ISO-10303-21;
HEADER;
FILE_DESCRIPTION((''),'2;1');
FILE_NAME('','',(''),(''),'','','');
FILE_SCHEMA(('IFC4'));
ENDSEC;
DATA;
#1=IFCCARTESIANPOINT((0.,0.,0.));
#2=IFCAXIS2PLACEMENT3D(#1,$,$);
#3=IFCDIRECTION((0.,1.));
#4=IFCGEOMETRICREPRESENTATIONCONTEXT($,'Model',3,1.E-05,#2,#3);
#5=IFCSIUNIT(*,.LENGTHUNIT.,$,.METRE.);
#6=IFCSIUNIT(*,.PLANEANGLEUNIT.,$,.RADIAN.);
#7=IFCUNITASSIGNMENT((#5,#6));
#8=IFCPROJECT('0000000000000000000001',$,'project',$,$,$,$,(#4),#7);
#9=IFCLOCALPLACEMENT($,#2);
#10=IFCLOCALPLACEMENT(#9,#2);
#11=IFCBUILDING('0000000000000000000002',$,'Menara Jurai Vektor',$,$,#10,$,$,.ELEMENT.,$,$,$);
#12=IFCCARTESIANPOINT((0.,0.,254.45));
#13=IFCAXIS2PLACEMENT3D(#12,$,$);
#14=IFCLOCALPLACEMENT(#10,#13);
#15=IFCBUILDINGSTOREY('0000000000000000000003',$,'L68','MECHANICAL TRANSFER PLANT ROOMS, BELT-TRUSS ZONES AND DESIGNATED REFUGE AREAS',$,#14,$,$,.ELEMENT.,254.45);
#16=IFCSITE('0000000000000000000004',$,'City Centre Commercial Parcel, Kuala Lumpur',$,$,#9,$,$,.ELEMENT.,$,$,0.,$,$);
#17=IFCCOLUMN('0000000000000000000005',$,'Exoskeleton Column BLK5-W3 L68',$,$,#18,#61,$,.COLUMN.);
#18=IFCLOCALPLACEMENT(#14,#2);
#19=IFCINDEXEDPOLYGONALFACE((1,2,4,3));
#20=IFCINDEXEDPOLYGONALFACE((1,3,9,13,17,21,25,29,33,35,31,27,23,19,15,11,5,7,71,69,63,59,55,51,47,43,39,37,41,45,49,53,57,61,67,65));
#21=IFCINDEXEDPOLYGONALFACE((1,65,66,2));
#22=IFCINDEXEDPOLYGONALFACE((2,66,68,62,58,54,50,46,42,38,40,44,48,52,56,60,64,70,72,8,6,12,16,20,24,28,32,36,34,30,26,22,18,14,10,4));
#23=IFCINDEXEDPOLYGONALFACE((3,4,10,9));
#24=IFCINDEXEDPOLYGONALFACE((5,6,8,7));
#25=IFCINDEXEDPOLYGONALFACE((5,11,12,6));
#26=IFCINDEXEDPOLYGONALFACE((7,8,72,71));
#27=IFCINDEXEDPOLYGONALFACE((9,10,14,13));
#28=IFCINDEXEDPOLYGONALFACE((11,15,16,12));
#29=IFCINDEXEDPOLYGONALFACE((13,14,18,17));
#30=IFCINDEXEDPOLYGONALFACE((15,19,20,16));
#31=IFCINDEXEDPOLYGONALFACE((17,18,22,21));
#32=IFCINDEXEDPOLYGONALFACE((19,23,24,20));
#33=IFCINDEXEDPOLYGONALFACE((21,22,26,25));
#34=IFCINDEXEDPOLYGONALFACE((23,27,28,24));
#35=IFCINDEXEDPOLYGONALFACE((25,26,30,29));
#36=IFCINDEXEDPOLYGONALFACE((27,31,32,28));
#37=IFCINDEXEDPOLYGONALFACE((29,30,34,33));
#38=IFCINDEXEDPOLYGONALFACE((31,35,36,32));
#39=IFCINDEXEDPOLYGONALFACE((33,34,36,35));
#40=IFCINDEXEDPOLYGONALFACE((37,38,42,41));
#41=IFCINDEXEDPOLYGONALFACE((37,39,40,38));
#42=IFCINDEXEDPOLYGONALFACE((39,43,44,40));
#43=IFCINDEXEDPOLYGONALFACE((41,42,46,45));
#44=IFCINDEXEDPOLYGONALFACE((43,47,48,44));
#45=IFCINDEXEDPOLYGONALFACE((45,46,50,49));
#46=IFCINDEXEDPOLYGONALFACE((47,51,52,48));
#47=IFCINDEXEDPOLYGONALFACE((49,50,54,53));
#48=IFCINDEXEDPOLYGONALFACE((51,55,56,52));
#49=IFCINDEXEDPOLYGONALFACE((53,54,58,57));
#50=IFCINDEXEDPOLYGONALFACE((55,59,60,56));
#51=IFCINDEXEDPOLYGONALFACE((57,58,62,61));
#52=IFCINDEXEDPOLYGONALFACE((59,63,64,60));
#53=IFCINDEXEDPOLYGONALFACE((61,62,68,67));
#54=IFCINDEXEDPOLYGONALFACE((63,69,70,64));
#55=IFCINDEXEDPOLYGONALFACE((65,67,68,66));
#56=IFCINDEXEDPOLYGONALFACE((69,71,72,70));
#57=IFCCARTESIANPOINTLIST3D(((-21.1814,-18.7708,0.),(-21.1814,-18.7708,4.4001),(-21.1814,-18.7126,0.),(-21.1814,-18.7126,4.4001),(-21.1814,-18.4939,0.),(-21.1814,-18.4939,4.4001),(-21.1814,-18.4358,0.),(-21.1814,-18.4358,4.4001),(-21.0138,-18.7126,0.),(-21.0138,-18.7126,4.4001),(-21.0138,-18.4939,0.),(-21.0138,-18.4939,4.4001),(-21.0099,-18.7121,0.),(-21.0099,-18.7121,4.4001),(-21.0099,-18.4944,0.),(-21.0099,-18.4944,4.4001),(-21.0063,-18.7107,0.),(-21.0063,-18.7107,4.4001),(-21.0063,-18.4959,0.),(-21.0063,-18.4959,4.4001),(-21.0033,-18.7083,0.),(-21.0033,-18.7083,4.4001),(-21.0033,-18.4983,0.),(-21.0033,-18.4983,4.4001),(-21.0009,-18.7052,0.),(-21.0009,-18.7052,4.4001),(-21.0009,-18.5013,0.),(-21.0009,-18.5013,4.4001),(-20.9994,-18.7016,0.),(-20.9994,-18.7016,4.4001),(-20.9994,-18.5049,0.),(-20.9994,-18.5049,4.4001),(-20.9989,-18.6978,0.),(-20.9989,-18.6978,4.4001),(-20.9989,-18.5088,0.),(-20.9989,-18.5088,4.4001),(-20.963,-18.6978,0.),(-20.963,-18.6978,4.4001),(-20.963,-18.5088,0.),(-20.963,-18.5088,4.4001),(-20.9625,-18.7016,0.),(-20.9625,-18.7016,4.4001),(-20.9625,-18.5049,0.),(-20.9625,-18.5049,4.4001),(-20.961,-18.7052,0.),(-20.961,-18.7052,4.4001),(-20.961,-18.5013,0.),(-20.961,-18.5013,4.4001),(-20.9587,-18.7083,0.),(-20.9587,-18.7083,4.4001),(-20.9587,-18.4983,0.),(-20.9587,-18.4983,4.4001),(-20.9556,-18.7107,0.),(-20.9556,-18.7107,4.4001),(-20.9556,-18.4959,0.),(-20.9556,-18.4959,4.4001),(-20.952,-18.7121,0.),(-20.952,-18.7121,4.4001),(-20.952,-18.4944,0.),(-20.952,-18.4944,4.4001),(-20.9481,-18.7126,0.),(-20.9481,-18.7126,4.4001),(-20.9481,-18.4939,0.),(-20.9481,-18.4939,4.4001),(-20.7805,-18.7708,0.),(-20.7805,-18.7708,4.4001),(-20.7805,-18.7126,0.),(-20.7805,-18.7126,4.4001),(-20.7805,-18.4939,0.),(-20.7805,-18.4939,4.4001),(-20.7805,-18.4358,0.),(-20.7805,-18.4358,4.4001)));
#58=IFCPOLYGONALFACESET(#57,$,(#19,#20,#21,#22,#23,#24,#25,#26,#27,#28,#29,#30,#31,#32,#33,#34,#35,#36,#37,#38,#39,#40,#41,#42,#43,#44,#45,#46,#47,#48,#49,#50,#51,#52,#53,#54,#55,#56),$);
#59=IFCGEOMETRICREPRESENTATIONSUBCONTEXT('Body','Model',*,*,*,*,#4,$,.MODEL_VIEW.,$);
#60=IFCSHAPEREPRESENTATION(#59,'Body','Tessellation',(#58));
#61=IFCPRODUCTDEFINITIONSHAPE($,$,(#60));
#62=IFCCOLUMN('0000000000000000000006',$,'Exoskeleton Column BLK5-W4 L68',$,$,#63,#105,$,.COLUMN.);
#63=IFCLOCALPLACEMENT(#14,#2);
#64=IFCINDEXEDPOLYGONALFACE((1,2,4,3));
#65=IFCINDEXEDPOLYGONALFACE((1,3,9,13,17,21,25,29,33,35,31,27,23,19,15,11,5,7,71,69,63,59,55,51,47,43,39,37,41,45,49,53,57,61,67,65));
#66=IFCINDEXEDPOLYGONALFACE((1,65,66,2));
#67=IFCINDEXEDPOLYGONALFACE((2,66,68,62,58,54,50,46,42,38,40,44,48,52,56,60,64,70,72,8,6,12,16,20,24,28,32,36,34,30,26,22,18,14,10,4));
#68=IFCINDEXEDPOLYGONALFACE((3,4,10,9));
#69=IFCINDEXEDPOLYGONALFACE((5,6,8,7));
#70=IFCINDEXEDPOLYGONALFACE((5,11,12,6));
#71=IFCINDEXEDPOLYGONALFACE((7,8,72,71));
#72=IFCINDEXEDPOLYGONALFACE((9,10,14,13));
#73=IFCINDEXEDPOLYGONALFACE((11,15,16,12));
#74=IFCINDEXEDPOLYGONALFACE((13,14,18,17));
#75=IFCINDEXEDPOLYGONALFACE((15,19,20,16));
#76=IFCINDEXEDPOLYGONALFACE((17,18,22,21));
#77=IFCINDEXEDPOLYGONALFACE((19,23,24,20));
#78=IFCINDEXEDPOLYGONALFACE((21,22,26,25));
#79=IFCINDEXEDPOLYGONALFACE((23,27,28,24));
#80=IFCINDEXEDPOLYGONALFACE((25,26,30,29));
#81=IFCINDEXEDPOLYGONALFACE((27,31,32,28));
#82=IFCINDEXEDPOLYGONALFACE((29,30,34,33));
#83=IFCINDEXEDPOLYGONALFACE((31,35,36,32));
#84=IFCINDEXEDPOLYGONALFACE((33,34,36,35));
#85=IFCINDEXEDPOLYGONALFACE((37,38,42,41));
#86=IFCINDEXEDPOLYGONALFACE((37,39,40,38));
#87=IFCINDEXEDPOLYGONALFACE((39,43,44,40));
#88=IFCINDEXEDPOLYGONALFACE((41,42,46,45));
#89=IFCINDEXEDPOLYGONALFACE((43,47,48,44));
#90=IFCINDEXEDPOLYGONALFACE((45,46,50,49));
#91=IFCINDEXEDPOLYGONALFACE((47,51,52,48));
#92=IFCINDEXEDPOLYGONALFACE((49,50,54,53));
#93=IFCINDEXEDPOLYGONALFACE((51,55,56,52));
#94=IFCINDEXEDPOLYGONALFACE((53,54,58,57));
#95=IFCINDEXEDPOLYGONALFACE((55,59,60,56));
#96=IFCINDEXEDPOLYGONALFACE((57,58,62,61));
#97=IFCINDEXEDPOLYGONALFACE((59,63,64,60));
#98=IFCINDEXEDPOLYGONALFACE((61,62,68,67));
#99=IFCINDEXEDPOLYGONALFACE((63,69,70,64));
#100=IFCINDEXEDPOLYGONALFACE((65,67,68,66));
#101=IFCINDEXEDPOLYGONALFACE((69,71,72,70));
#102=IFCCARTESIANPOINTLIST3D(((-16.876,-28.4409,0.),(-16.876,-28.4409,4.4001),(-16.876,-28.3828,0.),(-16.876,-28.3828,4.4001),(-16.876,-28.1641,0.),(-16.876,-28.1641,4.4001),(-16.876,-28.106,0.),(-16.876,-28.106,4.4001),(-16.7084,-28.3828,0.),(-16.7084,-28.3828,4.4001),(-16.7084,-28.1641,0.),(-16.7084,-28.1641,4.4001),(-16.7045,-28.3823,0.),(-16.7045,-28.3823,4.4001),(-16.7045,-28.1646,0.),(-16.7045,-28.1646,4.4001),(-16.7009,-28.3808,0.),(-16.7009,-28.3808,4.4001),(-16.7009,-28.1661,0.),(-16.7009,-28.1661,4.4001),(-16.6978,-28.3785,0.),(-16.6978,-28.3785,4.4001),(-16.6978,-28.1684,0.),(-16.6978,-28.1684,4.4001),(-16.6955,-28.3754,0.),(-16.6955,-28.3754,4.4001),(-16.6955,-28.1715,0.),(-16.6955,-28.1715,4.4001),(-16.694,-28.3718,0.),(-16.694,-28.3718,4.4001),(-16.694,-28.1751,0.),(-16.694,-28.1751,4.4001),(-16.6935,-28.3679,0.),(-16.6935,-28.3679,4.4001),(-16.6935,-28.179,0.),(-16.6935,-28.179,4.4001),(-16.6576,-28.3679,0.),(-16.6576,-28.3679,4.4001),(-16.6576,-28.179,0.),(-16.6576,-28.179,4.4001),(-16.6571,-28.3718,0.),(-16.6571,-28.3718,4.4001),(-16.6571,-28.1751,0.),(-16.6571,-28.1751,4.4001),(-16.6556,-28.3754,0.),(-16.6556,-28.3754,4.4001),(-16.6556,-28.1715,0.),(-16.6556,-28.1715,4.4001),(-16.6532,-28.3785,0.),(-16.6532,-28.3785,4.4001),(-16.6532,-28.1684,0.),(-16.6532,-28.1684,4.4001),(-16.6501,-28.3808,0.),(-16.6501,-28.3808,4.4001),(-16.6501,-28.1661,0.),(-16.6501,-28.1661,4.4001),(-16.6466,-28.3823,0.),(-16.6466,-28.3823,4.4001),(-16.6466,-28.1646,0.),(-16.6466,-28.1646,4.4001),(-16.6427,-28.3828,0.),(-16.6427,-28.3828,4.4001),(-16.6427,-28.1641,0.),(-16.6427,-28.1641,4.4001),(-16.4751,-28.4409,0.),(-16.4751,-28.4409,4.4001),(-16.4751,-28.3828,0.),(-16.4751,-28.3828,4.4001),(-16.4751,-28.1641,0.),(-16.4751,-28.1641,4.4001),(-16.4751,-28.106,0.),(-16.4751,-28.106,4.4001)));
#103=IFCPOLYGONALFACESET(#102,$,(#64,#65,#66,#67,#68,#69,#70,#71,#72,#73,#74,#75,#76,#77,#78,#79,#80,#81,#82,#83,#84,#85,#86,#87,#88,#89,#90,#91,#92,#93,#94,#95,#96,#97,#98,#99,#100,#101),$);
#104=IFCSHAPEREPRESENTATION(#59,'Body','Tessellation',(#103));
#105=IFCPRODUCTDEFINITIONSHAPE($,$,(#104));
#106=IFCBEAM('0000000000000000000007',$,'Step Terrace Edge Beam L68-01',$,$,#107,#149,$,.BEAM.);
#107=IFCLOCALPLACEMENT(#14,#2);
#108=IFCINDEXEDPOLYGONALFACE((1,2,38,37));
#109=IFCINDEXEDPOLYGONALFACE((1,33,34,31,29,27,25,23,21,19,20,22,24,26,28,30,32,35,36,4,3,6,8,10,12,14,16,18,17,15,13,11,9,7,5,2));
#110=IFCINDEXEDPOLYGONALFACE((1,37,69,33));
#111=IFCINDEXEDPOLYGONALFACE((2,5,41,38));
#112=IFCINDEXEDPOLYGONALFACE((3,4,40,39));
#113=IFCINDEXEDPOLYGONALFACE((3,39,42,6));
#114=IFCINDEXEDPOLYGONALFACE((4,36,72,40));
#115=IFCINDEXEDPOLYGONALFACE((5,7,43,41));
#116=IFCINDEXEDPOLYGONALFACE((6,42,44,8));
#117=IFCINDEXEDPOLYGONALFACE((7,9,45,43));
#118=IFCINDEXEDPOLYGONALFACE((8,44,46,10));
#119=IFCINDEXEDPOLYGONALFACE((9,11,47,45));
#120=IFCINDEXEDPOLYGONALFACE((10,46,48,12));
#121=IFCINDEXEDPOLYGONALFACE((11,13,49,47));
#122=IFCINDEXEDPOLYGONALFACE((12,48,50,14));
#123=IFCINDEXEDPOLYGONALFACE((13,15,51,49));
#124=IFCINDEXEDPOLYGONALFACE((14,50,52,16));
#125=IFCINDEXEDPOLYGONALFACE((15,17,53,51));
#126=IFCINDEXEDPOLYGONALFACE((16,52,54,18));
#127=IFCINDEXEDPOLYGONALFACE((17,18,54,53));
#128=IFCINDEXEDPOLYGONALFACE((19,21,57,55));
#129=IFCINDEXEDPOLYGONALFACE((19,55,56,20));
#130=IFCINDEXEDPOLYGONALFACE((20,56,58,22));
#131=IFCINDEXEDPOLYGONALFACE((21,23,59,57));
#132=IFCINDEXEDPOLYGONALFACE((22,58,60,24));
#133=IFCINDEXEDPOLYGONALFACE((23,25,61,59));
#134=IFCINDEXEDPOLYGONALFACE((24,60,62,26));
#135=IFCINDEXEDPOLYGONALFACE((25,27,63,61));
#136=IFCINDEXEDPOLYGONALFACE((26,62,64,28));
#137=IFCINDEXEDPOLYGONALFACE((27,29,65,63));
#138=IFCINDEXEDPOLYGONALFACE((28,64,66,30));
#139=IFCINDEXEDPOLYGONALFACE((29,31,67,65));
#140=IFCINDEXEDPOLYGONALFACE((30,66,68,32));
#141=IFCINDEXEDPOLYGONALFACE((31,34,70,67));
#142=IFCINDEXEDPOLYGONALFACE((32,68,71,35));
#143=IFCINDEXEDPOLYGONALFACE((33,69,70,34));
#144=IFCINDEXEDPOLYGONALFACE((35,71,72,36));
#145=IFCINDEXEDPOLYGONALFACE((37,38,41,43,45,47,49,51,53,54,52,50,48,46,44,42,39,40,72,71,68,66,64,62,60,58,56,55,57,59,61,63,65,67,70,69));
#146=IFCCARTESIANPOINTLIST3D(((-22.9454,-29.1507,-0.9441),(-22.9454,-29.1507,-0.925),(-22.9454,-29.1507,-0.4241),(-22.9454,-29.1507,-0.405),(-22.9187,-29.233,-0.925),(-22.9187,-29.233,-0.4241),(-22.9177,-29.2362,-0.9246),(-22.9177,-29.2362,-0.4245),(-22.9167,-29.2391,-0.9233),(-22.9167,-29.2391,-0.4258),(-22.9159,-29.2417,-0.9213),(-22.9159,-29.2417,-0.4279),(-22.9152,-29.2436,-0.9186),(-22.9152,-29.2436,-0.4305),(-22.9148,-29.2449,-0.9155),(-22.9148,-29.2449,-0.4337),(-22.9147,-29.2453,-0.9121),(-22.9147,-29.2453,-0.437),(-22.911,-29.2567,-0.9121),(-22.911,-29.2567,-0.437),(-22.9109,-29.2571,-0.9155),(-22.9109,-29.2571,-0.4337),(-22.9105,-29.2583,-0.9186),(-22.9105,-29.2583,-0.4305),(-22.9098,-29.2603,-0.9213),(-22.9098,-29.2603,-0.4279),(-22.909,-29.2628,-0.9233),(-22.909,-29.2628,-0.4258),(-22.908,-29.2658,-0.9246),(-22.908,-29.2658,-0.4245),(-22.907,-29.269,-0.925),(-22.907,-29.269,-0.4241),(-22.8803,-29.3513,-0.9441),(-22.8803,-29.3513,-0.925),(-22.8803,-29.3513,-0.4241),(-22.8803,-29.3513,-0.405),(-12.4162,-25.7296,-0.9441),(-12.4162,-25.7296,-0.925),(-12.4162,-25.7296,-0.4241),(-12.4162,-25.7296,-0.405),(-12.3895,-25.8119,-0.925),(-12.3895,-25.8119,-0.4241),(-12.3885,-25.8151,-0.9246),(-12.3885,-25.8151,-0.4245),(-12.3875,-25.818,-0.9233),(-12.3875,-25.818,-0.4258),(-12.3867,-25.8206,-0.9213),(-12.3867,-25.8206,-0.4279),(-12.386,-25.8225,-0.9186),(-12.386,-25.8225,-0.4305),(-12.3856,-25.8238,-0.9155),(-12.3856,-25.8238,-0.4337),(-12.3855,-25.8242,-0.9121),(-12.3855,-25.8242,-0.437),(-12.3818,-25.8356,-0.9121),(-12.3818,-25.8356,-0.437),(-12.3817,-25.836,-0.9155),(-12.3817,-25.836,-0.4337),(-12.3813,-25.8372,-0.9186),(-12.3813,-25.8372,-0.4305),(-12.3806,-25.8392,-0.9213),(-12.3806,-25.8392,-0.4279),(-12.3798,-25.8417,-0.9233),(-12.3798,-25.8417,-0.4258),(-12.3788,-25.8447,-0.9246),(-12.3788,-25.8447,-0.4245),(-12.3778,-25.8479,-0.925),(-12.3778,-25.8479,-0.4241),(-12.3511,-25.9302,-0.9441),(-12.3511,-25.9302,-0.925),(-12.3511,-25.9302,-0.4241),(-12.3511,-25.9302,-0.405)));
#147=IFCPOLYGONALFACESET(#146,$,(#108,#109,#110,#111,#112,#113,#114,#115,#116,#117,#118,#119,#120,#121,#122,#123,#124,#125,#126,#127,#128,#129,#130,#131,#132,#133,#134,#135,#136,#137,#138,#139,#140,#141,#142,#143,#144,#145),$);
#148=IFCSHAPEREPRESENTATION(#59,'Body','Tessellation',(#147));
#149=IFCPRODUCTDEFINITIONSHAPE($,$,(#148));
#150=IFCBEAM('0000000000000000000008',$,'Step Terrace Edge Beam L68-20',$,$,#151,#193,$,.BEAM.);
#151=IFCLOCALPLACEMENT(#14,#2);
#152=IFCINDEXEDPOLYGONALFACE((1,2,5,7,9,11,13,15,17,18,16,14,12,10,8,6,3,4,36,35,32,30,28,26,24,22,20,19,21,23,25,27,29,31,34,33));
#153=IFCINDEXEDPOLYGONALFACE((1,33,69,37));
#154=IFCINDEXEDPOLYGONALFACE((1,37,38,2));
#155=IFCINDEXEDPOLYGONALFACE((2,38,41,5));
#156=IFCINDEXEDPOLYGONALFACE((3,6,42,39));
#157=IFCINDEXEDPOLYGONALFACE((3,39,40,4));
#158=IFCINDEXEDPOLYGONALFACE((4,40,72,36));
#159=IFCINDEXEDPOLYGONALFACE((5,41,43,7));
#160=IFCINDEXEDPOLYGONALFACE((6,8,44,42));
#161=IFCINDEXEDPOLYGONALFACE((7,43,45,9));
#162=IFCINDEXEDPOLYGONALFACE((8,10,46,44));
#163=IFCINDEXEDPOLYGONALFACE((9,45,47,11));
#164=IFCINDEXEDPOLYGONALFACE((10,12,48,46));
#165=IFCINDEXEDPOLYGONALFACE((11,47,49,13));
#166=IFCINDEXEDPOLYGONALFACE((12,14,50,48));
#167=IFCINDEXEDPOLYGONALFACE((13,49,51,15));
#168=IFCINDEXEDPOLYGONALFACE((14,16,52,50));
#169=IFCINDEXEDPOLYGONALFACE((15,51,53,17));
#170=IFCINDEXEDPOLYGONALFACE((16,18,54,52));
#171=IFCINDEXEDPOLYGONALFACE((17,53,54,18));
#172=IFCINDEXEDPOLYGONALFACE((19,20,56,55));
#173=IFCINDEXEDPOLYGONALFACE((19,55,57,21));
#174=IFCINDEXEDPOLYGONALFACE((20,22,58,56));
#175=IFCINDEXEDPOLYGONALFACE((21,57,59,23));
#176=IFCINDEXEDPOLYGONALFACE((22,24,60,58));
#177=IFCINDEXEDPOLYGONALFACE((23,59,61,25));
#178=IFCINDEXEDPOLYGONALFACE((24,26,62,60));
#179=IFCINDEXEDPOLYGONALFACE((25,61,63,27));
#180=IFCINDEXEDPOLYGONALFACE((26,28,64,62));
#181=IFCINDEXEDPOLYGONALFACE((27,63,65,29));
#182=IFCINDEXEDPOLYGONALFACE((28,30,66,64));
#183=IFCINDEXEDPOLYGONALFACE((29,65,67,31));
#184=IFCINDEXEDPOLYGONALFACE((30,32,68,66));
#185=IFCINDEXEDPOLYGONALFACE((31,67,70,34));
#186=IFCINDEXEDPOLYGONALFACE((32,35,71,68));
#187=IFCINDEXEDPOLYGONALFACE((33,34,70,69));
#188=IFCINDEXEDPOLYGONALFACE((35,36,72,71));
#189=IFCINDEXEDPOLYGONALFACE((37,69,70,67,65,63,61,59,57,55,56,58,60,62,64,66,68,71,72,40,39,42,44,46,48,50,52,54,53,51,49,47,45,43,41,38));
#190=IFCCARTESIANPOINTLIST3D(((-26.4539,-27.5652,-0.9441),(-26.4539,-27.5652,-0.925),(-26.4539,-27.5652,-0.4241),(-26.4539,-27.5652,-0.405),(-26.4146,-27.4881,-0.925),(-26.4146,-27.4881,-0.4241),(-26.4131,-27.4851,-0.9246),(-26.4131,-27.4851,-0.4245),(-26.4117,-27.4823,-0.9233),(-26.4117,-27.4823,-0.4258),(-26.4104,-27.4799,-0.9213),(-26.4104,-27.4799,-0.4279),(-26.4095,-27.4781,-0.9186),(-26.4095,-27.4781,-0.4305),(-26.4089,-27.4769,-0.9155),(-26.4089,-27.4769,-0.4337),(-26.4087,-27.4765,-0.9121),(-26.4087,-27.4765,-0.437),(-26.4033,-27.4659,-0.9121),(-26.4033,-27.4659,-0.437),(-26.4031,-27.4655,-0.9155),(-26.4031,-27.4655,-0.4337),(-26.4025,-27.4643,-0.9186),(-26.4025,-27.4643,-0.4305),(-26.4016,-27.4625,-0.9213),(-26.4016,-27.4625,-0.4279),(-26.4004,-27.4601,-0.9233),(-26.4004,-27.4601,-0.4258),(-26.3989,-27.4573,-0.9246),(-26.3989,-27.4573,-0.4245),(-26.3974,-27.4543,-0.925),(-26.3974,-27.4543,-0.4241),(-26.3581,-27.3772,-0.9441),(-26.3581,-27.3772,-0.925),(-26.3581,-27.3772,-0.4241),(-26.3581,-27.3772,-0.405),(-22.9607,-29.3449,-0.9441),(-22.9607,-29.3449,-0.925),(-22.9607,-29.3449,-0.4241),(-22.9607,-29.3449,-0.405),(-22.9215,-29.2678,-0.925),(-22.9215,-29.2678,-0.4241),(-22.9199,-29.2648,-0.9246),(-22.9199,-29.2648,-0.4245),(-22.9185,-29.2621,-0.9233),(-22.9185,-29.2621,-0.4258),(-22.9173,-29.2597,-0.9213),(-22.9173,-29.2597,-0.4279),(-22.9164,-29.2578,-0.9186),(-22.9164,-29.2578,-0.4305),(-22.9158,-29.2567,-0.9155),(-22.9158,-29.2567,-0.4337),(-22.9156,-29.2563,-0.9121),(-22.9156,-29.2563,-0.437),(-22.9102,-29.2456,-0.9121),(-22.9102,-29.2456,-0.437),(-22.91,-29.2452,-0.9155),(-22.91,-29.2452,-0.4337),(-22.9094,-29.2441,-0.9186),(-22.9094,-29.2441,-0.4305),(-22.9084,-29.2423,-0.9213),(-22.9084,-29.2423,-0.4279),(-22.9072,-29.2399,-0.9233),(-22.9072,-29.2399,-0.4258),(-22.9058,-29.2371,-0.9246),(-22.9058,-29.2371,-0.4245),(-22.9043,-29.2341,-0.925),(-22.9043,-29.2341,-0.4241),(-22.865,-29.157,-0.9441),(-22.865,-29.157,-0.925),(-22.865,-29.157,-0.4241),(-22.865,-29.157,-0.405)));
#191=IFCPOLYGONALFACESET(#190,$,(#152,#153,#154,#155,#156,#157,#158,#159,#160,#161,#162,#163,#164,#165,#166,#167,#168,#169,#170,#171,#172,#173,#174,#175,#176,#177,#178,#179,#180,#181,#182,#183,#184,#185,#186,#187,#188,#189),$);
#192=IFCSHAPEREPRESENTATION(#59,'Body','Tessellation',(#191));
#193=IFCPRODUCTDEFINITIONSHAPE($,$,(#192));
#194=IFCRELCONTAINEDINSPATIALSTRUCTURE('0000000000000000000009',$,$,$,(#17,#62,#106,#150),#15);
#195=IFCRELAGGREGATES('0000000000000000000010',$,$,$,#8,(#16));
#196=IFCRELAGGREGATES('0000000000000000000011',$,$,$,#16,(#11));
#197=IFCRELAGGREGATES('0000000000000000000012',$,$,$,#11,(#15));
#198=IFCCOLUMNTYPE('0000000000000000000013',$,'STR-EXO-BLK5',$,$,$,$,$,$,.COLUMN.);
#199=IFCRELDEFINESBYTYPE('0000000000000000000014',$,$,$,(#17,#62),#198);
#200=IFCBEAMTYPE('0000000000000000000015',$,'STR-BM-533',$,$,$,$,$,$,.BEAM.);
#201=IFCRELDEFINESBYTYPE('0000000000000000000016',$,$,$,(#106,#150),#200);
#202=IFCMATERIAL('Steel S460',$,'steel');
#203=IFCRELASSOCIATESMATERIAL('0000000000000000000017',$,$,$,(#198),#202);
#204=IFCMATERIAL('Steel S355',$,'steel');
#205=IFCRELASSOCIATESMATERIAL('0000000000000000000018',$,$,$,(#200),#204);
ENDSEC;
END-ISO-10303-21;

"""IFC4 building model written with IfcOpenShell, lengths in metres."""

from ifc_helpers import new_model, si_unit, direction, frame, origin, origin_2d, place, context, subcontext, project, spatial, i_section, extrude, material, material_profile, profile_set, type_object, element, save


model = new_model("IFC4")

# Units and contexts
model_context = context("Model", 3, precision=1e-05, world=origin(), true_north=direction((0.0, 1.0)))
body_context = subcontext(model_context, "Body", "Model", "MODEL_VIEW")
ifc_project = project(units=[si_unit("LENGTHUNIT", "METRE"), si_unit("PLANEANGLEUNIT", "RADIAN")], contexts=[model_context])

# Site, building, storey
site_placement = place(None, origin())
site = spatial("IfcSite", under=ifc_project, at=site_placement, Name="City Centre Commercial Parcel, Kuala Lumpur", CompositionType="ELEMENT", RefElevation=0.0)
building_placement = place(site_placement, origin())
building = spatial("IfcBuilding", under=site, at=building_placement, Name="Menara Jurai Vektor", CompositionType="ELEMENT")
storey_placement = place(building_placement, frame((0.0, 0.0, 254.45)))
storey = spatial("IfcBuildingStorey", under=building, at=storey_placement, Name="L68", Description="MECHANICAL TRANSFER PLANT ROOMS, BELT-TRUSS ZONES AND DESIGNATED REFUGE AREAS", CompositionType="ELEMENT", Elevation=254.45)

# Columns
ifc_material_1 = material(Name="Steel S460", Category="steel")
ifc_material_profile_1 = material_profile(ifc_material_1, i_section(OverallWidth=0.4009, OverallDepth=0.335, WebThickness=0.0359, FlangeThickness=0.0581, FilletRadius=0.0149, at=origin_2d()), Name="HD 400x463")
ifc_profile_set_1 = profile_set([ifc_material_profile_1], Name="Steel S460")
column_type = type_object("IfcColumnType", Name="STR-EXO-BLK5", PredefinedType="COLUMN", material=ifc_profile_set_1)
for number, where, z_axis, x_axis, name in (
    (1, (-20.981, -18.6033, 0.0), (0.0, 0.0, 1.0), (1.0, 0.0, 0.0), "Exoskeleton Column BLK5-W3 L68"),
    (2, (-16.6755, -28.2734, 0.0), (0.0, 0.0, 1.0), (1.0, 0.0, 0.0), "Exoskeleton Column BLK5-W4 L68"),
):
    element("IfcColumn", number, at=place(storey_placement, frame(where, z_axis=z_axis, x_axis=x_axis)), inside=storey, type_object=column_type, Name=name, PredefinedType="COLUMN", context=body_context, shape_type="SweptSolid", body=[
        extrude(i_section(OverallWidth=0.4009, OverallDepth=0.335, WebThickness=0.0359, FlangeThickness=0.0581, FilletRadius=0.0149, at=origin_2d()), origin(), (0.0, 0.0, 1.0), 4.4001),
    ])

# Beams
ifc_material_2 = material(Name="Steel S355", Category="steel")
ifc_material_profile_2 = material_profile(ifc_material_2, i_section(OverallWidth=0.2109, OverallDepth=0.5391, WebThickness=0.012, FlangeThickness=0.019, FilletRadius=0.0129, at=origin_2d()), Name="UKB 533x210x109")
ifc_profile_set_2 = profile_set([ifc_material_profile_2], Name="Steel S355")
beam_type_1 = type_object("IfcBeamType", Name="STR-BM-533", PredefinedType="BEAM", material=ifc_profile_set_2)
beam_1_placement = place(storey_placement, frame((-22.9128, -29.251, -0.6746), z_axis=(0.951057, 0.309014, 0.0), x_axis=(-0.309014, 0.951057, 0.0)))
element("IfcBeam", 3, at=beam_1_placement, inside=storey, type_object=beam_type_1, Name="Step Terrace Edge Beam L68-01", PredefinedType="BEAM", context=body_context, shape_type="SweptSolid", body=[
    extrude(i_section(OverallWidth=0.2109, OverallDepth=0.5391, WebThickness=0.012, FlangeThickness=0.019, FilletRadius=0.0129, at=origin_2d()), origin(), (0.0, 0.0, 1.0), 11.071),
])
beam_2_placement = place(storey_placement, frame((-26.406, -27.4712, -0.6746), z_axis=(0.891014, -0.453976, 0.0), x_axis=(0.453976, 0.891014, 0.0)))
element("IfcBeam", 4, at=beam_2_placement, inside=storey, type_object=beam_type_1, Name="Step Terrace Edge Beam L68-20", PredefinedType="BEAM", context=body_context, shape_type="SweptSolid", body=[
    extrude(i_section(OverallWidth=0.2109, OverallDepth=0.5391, WebThickness=0.012, FlangeThickness=0.019, FilletRadius=0.0129, at=origin_2d()), origin(), (0.0, 0.0, 1.0), 3.9204),
])

save(model, "model.ifc")
